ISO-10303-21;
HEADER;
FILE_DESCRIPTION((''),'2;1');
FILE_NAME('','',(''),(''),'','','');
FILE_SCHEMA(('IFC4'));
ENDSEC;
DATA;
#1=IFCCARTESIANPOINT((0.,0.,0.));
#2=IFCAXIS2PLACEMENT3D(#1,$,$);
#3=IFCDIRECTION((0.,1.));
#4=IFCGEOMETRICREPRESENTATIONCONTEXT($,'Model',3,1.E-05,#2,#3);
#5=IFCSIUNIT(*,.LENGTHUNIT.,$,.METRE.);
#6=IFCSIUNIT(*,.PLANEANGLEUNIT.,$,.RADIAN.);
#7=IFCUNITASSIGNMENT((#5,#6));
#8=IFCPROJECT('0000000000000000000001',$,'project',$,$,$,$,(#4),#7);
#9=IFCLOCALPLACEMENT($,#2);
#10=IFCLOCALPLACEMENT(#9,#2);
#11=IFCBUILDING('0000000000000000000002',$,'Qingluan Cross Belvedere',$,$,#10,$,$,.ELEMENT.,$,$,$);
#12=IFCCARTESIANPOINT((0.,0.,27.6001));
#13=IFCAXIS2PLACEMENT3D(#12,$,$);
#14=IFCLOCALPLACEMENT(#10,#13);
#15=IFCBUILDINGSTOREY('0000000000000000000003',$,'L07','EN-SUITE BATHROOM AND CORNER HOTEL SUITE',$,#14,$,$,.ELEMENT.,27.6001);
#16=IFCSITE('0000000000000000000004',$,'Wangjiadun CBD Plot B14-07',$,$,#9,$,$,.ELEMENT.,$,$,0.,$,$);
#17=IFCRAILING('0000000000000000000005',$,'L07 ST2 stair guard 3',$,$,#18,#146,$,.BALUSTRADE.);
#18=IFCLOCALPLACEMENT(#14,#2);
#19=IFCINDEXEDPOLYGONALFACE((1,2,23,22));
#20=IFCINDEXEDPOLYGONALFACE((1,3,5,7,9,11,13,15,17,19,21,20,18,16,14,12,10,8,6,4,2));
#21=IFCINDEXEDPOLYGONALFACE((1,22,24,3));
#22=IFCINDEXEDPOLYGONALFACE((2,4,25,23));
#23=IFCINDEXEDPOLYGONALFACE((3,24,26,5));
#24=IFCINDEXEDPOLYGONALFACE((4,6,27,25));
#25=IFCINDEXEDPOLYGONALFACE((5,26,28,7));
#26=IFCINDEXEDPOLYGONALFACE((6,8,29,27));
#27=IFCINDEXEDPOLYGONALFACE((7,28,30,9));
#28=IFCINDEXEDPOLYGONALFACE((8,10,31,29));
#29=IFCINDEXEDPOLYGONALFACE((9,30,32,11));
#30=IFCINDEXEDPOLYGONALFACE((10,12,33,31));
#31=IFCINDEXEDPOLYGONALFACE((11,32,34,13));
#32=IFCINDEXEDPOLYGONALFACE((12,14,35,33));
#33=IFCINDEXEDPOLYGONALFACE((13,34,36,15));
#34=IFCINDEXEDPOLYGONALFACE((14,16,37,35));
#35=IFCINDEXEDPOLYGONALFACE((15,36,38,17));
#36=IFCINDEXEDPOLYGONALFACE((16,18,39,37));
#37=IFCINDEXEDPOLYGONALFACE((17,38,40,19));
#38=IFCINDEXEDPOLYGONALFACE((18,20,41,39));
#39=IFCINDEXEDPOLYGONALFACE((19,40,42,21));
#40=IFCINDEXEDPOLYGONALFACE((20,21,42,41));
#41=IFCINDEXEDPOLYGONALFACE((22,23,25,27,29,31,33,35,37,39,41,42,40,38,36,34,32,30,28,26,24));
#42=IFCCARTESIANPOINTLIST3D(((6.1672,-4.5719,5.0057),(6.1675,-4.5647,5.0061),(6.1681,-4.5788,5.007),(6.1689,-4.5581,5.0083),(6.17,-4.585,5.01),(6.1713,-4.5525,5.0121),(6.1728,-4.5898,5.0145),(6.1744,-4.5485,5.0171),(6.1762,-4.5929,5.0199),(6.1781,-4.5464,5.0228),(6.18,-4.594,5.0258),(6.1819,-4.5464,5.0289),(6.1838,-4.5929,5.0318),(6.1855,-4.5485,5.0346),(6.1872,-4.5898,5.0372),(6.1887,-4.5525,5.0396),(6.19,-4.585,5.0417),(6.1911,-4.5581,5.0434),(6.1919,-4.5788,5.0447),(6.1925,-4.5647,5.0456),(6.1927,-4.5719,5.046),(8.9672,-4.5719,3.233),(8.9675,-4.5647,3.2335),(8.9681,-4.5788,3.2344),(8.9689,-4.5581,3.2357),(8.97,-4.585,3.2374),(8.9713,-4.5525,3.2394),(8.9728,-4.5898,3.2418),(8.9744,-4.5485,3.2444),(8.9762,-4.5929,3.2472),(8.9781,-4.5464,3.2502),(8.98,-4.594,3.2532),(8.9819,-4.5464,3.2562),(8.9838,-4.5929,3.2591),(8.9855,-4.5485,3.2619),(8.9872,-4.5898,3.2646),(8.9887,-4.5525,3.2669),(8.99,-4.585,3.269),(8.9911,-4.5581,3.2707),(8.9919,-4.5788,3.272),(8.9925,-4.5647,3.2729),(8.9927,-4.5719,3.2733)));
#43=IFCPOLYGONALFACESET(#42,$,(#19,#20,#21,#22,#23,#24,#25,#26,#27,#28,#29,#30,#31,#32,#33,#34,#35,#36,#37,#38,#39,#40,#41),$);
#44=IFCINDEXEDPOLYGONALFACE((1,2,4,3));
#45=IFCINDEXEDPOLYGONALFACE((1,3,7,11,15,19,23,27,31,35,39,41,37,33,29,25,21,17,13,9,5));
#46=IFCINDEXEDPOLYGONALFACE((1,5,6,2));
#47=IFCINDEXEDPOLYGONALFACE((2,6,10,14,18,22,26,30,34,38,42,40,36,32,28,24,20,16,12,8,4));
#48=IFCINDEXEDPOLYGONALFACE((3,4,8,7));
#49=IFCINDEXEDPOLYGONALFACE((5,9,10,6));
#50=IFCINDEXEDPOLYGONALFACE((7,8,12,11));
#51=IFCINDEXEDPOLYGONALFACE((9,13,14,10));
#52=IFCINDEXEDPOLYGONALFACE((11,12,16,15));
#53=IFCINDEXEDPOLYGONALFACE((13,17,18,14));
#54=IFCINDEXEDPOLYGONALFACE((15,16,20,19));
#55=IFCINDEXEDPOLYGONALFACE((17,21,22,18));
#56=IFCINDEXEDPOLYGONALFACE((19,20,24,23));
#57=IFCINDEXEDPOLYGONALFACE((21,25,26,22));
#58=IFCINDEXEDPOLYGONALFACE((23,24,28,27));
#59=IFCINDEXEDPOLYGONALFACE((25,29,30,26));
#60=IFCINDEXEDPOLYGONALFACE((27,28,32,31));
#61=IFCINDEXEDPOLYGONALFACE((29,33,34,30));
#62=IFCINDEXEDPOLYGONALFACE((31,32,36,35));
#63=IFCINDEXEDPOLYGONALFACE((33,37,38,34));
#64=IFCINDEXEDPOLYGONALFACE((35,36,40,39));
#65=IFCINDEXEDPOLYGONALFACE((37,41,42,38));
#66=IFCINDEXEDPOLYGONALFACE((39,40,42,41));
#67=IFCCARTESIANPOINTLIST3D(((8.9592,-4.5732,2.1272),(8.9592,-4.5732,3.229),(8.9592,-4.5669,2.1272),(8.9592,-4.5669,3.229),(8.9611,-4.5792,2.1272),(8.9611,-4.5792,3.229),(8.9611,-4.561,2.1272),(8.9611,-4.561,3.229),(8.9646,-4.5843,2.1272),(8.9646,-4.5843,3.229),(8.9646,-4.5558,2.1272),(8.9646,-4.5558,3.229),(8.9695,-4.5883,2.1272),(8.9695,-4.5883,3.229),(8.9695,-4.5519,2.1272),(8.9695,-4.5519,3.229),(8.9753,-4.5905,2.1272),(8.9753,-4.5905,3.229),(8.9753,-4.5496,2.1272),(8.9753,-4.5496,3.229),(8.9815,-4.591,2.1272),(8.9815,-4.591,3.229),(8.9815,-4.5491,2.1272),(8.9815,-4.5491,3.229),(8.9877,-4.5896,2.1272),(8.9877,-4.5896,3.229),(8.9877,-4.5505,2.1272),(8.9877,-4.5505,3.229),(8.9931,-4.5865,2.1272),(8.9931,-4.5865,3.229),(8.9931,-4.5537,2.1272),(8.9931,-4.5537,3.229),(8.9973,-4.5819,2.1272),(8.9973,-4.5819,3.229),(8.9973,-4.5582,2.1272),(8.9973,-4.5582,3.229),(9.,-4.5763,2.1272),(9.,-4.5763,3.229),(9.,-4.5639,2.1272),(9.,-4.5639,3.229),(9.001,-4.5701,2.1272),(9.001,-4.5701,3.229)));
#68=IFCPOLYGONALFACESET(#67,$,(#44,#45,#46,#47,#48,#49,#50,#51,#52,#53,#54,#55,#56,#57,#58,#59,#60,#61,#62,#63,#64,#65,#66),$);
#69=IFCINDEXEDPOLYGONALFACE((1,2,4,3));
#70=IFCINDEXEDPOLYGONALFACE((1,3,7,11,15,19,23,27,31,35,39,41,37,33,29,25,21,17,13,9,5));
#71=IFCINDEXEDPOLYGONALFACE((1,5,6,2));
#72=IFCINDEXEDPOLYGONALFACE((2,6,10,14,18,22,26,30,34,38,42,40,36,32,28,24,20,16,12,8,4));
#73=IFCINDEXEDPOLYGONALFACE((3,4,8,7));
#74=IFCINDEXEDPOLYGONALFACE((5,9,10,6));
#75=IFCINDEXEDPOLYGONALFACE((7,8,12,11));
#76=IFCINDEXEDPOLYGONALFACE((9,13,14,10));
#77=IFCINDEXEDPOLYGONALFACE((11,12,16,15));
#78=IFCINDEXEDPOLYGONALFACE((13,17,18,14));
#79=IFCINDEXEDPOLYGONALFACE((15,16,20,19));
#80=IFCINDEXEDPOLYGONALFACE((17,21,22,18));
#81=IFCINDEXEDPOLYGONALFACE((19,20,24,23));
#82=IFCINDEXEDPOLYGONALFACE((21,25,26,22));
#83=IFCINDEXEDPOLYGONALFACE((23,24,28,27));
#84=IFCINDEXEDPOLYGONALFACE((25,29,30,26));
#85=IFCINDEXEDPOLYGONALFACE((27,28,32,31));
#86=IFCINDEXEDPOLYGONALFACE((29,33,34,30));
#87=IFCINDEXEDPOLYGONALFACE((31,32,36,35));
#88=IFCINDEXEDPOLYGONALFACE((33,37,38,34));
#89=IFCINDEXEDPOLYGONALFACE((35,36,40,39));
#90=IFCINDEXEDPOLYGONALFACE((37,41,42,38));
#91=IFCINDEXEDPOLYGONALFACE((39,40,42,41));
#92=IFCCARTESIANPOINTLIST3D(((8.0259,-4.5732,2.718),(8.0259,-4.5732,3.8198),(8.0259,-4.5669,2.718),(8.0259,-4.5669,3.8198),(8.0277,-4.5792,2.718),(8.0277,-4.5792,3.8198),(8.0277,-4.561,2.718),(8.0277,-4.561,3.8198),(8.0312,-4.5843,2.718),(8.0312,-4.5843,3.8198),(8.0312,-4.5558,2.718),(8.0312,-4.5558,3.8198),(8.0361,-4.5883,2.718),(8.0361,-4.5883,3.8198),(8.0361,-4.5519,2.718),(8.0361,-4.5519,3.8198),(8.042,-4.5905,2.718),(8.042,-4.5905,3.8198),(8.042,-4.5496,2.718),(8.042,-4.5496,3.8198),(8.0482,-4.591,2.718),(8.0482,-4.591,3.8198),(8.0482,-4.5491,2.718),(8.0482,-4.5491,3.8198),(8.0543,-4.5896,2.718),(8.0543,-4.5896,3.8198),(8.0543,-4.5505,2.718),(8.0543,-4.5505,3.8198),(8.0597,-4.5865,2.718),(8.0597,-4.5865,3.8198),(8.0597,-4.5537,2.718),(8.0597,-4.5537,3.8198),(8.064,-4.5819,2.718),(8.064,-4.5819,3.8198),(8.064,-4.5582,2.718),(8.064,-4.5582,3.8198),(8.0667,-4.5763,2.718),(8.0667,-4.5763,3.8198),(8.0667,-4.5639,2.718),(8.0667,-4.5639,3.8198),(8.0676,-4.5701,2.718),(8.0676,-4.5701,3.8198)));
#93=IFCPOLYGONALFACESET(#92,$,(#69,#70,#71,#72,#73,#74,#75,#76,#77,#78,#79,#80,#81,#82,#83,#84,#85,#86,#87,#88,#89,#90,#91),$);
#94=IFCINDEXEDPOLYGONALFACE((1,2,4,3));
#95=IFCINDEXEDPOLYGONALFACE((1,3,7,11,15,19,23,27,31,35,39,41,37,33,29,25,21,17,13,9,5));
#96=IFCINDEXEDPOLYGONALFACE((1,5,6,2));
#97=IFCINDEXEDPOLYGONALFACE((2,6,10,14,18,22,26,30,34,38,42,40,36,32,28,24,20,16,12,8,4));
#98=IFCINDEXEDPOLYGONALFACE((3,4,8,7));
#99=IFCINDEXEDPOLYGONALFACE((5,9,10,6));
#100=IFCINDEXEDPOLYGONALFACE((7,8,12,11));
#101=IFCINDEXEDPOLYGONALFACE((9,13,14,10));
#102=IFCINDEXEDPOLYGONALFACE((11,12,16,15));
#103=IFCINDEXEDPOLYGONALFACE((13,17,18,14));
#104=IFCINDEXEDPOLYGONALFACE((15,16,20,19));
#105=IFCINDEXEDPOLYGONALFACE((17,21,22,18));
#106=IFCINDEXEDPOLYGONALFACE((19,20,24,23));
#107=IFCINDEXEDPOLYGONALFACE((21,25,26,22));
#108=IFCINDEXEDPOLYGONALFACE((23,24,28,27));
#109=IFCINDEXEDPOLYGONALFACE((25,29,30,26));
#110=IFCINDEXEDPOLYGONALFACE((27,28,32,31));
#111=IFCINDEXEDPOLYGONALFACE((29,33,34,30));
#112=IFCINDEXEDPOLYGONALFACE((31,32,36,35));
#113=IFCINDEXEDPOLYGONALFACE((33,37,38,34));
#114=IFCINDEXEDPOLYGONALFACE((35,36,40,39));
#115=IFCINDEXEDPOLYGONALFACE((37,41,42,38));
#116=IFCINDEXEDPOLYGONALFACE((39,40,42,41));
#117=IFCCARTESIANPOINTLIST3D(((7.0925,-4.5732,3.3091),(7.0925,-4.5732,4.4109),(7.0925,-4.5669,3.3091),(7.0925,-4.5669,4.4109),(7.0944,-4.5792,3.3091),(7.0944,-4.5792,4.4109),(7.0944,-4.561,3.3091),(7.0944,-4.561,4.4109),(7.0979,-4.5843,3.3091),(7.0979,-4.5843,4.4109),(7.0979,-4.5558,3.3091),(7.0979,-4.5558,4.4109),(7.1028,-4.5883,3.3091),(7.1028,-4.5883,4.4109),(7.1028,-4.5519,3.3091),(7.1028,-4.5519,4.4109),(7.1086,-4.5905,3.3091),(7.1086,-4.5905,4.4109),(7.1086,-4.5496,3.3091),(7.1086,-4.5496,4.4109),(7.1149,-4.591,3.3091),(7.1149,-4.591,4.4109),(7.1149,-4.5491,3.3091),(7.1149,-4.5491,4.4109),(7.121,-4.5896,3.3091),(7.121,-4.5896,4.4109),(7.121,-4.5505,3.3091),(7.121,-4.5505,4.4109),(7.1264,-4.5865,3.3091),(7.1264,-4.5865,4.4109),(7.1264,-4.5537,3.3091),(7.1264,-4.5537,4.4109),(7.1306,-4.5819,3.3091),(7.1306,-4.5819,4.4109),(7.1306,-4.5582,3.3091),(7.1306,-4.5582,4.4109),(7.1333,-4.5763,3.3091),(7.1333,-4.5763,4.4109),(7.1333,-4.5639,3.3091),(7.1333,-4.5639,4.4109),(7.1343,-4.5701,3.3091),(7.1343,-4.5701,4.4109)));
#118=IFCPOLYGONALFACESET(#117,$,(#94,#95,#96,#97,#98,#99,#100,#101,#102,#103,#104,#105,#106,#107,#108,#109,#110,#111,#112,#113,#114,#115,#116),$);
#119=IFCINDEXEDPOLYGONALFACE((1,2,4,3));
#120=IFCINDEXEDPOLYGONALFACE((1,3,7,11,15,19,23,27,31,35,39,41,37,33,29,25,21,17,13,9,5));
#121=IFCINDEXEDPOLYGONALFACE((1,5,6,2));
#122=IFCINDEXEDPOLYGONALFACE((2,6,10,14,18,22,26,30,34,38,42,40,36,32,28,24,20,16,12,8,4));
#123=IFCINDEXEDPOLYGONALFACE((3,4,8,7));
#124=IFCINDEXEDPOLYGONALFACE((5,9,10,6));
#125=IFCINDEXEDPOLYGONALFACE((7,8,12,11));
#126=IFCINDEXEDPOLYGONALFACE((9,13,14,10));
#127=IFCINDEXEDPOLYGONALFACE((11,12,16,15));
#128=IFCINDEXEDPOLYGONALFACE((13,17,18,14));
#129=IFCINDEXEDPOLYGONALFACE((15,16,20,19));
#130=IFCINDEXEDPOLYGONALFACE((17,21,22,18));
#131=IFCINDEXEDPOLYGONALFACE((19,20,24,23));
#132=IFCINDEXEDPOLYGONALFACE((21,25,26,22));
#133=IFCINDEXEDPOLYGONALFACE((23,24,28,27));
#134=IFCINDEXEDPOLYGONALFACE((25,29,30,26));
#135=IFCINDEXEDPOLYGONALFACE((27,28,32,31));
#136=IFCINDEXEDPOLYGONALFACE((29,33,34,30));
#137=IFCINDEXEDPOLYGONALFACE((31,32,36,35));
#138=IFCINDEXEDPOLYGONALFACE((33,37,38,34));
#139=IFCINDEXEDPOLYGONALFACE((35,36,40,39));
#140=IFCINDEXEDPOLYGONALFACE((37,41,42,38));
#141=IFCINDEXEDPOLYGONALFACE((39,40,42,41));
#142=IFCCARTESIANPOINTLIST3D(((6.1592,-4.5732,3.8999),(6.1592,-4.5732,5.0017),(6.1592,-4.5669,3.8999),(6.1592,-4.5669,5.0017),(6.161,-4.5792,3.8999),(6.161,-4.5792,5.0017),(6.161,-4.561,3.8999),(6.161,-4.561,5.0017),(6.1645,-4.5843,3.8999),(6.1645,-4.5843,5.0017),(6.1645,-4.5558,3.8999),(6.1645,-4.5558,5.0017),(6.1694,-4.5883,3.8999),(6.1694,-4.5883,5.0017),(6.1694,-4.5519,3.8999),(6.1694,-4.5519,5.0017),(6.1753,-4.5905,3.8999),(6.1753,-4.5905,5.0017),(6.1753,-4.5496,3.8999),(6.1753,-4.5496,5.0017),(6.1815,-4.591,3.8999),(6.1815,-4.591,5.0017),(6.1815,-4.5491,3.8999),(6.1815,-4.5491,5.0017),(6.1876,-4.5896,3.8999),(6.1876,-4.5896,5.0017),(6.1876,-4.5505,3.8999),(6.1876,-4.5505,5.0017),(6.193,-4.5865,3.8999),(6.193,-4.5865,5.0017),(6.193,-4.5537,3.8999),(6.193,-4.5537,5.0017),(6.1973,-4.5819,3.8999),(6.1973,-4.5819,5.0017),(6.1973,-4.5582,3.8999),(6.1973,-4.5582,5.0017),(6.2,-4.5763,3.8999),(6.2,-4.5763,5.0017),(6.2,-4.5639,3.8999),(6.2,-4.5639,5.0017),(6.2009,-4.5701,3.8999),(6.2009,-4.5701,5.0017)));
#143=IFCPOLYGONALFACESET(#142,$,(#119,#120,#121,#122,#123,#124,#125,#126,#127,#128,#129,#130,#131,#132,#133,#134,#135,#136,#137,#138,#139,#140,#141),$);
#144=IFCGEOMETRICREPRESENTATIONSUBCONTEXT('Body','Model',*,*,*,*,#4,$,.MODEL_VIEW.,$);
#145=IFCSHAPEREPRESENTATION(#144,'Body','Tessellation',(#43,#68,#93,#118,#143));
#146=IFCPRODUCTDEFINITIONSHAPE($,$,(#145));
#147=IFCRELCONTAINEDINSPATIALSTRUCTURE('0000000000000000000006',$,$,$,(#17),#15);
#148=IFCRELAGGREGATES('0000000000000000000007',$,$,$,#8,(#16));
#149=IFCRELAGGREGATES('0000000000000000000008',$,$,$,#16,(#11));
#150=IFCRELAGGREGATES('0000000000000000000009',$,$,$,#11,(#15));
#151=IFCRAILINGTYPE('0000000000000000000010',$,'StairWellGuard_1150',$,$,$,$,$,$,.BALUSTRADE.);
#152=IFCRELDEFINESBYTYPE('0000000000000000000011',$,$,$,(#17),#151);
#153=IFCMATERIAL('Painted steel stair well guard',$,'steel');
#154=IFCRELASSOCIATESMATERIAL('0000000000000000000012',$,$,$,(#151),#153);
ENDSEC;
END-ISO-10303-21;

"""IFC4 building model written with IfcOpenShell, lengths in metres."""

from ifc_helpers import new_model, si_unit, direction, frame, origin, origin_2d, place, context, subcontext, project, spatial, circle, extrude, material, type_object, element, save


model = new_model("IFC4")

# Units and contexts
model_context = context("Model", 3, precision=1e-05, world=origin(), true_north=direction((0.0, 1.0)))
body_context = subcontext(model_context, "Body", "Model", "MODEL_VIEW")
ifc_project = project(units=[si_unit("LENGTHUNIT", "METRE"), si_unit("PLANEANGLEUNIT", "RADIAN")], contexts=[model_context])

# Site, building, storey
site_placement = place(None, origin())
site = spatial("IfcSite", under=ifc_project, at=site_placement, Name="Wangjiadun CBD Plot B14-07", CompositionType="ELEMENT", RefElevation=0.0)
building_placement = place(site_placement, origin())
building = spatial("IfcBuilding", under=site, at=building_placement, Name="Qingluan Cross Belvedere", CompositionType="ELEMENT")
storey_placement = place(building_placement, frame((0.0, 0.0, 27.6001)))
storey = spatial("IfcBuildingStorey", under=building, at=storey_placement, Name="L07", Description="EN-SUITE BATHROOM AND CORNER HOTEL SUITE", CompositionType="ELEMENT", Elevation=27.6001)

# Railing
ifc_material_1 = material(Name="Painted steel stair well guard", Category="steel")
railing_type_1 = type_object("IfcRailingType", Name="StairWellGuard_1150", PredefinedType="BALUSTRADE", material=ifc_material_1)
railing_1_placement = place(storey_placement, frame((8.98, -4.5701, 2.1272)))
element("IfcRailing", 1, at=railing_1_placement, inside=storey, type_object=railing_type_1, Name="L07 ST2 stair guard 3", PredefinedType="BALUSTRADE", context=body_context, shape_type="SweptSolid", body=[
    extrude(circle(Radius=0.0239, at=origin_2d()), frame((0.0, 0.0, 1.126), z_axis=(-0.844909, 0.0, 0.53491), x_axis=(0.0, -1.0, 0.0)), (0.0, 0.0, 1.0), 3.314),
    extrude(circle(Radius=0.021, at=origin_2d()), origin(), (0.0, 0.0, 1.0), 1.1018),
    extrude(circle(Radius=0.021, at=origin_2d()), frame((-0.9333, 0.0, 0.5908)), (0.0, 0.0, 1.0), 1.1018),
    extrude(circle(Radius=0.021, at=origin_2d()), frame((-1.8667, 0.0, 1.1819)), (0.0, 0.0, 1.0), 1.1018),
    extrude(circle(Radius=0.021, at=origin_2d()), frame((-2.8, 0.0, 1.7727)), (0.0, 0.0, 1.0), 1.1018),
])

save(model, "model.ifc")
